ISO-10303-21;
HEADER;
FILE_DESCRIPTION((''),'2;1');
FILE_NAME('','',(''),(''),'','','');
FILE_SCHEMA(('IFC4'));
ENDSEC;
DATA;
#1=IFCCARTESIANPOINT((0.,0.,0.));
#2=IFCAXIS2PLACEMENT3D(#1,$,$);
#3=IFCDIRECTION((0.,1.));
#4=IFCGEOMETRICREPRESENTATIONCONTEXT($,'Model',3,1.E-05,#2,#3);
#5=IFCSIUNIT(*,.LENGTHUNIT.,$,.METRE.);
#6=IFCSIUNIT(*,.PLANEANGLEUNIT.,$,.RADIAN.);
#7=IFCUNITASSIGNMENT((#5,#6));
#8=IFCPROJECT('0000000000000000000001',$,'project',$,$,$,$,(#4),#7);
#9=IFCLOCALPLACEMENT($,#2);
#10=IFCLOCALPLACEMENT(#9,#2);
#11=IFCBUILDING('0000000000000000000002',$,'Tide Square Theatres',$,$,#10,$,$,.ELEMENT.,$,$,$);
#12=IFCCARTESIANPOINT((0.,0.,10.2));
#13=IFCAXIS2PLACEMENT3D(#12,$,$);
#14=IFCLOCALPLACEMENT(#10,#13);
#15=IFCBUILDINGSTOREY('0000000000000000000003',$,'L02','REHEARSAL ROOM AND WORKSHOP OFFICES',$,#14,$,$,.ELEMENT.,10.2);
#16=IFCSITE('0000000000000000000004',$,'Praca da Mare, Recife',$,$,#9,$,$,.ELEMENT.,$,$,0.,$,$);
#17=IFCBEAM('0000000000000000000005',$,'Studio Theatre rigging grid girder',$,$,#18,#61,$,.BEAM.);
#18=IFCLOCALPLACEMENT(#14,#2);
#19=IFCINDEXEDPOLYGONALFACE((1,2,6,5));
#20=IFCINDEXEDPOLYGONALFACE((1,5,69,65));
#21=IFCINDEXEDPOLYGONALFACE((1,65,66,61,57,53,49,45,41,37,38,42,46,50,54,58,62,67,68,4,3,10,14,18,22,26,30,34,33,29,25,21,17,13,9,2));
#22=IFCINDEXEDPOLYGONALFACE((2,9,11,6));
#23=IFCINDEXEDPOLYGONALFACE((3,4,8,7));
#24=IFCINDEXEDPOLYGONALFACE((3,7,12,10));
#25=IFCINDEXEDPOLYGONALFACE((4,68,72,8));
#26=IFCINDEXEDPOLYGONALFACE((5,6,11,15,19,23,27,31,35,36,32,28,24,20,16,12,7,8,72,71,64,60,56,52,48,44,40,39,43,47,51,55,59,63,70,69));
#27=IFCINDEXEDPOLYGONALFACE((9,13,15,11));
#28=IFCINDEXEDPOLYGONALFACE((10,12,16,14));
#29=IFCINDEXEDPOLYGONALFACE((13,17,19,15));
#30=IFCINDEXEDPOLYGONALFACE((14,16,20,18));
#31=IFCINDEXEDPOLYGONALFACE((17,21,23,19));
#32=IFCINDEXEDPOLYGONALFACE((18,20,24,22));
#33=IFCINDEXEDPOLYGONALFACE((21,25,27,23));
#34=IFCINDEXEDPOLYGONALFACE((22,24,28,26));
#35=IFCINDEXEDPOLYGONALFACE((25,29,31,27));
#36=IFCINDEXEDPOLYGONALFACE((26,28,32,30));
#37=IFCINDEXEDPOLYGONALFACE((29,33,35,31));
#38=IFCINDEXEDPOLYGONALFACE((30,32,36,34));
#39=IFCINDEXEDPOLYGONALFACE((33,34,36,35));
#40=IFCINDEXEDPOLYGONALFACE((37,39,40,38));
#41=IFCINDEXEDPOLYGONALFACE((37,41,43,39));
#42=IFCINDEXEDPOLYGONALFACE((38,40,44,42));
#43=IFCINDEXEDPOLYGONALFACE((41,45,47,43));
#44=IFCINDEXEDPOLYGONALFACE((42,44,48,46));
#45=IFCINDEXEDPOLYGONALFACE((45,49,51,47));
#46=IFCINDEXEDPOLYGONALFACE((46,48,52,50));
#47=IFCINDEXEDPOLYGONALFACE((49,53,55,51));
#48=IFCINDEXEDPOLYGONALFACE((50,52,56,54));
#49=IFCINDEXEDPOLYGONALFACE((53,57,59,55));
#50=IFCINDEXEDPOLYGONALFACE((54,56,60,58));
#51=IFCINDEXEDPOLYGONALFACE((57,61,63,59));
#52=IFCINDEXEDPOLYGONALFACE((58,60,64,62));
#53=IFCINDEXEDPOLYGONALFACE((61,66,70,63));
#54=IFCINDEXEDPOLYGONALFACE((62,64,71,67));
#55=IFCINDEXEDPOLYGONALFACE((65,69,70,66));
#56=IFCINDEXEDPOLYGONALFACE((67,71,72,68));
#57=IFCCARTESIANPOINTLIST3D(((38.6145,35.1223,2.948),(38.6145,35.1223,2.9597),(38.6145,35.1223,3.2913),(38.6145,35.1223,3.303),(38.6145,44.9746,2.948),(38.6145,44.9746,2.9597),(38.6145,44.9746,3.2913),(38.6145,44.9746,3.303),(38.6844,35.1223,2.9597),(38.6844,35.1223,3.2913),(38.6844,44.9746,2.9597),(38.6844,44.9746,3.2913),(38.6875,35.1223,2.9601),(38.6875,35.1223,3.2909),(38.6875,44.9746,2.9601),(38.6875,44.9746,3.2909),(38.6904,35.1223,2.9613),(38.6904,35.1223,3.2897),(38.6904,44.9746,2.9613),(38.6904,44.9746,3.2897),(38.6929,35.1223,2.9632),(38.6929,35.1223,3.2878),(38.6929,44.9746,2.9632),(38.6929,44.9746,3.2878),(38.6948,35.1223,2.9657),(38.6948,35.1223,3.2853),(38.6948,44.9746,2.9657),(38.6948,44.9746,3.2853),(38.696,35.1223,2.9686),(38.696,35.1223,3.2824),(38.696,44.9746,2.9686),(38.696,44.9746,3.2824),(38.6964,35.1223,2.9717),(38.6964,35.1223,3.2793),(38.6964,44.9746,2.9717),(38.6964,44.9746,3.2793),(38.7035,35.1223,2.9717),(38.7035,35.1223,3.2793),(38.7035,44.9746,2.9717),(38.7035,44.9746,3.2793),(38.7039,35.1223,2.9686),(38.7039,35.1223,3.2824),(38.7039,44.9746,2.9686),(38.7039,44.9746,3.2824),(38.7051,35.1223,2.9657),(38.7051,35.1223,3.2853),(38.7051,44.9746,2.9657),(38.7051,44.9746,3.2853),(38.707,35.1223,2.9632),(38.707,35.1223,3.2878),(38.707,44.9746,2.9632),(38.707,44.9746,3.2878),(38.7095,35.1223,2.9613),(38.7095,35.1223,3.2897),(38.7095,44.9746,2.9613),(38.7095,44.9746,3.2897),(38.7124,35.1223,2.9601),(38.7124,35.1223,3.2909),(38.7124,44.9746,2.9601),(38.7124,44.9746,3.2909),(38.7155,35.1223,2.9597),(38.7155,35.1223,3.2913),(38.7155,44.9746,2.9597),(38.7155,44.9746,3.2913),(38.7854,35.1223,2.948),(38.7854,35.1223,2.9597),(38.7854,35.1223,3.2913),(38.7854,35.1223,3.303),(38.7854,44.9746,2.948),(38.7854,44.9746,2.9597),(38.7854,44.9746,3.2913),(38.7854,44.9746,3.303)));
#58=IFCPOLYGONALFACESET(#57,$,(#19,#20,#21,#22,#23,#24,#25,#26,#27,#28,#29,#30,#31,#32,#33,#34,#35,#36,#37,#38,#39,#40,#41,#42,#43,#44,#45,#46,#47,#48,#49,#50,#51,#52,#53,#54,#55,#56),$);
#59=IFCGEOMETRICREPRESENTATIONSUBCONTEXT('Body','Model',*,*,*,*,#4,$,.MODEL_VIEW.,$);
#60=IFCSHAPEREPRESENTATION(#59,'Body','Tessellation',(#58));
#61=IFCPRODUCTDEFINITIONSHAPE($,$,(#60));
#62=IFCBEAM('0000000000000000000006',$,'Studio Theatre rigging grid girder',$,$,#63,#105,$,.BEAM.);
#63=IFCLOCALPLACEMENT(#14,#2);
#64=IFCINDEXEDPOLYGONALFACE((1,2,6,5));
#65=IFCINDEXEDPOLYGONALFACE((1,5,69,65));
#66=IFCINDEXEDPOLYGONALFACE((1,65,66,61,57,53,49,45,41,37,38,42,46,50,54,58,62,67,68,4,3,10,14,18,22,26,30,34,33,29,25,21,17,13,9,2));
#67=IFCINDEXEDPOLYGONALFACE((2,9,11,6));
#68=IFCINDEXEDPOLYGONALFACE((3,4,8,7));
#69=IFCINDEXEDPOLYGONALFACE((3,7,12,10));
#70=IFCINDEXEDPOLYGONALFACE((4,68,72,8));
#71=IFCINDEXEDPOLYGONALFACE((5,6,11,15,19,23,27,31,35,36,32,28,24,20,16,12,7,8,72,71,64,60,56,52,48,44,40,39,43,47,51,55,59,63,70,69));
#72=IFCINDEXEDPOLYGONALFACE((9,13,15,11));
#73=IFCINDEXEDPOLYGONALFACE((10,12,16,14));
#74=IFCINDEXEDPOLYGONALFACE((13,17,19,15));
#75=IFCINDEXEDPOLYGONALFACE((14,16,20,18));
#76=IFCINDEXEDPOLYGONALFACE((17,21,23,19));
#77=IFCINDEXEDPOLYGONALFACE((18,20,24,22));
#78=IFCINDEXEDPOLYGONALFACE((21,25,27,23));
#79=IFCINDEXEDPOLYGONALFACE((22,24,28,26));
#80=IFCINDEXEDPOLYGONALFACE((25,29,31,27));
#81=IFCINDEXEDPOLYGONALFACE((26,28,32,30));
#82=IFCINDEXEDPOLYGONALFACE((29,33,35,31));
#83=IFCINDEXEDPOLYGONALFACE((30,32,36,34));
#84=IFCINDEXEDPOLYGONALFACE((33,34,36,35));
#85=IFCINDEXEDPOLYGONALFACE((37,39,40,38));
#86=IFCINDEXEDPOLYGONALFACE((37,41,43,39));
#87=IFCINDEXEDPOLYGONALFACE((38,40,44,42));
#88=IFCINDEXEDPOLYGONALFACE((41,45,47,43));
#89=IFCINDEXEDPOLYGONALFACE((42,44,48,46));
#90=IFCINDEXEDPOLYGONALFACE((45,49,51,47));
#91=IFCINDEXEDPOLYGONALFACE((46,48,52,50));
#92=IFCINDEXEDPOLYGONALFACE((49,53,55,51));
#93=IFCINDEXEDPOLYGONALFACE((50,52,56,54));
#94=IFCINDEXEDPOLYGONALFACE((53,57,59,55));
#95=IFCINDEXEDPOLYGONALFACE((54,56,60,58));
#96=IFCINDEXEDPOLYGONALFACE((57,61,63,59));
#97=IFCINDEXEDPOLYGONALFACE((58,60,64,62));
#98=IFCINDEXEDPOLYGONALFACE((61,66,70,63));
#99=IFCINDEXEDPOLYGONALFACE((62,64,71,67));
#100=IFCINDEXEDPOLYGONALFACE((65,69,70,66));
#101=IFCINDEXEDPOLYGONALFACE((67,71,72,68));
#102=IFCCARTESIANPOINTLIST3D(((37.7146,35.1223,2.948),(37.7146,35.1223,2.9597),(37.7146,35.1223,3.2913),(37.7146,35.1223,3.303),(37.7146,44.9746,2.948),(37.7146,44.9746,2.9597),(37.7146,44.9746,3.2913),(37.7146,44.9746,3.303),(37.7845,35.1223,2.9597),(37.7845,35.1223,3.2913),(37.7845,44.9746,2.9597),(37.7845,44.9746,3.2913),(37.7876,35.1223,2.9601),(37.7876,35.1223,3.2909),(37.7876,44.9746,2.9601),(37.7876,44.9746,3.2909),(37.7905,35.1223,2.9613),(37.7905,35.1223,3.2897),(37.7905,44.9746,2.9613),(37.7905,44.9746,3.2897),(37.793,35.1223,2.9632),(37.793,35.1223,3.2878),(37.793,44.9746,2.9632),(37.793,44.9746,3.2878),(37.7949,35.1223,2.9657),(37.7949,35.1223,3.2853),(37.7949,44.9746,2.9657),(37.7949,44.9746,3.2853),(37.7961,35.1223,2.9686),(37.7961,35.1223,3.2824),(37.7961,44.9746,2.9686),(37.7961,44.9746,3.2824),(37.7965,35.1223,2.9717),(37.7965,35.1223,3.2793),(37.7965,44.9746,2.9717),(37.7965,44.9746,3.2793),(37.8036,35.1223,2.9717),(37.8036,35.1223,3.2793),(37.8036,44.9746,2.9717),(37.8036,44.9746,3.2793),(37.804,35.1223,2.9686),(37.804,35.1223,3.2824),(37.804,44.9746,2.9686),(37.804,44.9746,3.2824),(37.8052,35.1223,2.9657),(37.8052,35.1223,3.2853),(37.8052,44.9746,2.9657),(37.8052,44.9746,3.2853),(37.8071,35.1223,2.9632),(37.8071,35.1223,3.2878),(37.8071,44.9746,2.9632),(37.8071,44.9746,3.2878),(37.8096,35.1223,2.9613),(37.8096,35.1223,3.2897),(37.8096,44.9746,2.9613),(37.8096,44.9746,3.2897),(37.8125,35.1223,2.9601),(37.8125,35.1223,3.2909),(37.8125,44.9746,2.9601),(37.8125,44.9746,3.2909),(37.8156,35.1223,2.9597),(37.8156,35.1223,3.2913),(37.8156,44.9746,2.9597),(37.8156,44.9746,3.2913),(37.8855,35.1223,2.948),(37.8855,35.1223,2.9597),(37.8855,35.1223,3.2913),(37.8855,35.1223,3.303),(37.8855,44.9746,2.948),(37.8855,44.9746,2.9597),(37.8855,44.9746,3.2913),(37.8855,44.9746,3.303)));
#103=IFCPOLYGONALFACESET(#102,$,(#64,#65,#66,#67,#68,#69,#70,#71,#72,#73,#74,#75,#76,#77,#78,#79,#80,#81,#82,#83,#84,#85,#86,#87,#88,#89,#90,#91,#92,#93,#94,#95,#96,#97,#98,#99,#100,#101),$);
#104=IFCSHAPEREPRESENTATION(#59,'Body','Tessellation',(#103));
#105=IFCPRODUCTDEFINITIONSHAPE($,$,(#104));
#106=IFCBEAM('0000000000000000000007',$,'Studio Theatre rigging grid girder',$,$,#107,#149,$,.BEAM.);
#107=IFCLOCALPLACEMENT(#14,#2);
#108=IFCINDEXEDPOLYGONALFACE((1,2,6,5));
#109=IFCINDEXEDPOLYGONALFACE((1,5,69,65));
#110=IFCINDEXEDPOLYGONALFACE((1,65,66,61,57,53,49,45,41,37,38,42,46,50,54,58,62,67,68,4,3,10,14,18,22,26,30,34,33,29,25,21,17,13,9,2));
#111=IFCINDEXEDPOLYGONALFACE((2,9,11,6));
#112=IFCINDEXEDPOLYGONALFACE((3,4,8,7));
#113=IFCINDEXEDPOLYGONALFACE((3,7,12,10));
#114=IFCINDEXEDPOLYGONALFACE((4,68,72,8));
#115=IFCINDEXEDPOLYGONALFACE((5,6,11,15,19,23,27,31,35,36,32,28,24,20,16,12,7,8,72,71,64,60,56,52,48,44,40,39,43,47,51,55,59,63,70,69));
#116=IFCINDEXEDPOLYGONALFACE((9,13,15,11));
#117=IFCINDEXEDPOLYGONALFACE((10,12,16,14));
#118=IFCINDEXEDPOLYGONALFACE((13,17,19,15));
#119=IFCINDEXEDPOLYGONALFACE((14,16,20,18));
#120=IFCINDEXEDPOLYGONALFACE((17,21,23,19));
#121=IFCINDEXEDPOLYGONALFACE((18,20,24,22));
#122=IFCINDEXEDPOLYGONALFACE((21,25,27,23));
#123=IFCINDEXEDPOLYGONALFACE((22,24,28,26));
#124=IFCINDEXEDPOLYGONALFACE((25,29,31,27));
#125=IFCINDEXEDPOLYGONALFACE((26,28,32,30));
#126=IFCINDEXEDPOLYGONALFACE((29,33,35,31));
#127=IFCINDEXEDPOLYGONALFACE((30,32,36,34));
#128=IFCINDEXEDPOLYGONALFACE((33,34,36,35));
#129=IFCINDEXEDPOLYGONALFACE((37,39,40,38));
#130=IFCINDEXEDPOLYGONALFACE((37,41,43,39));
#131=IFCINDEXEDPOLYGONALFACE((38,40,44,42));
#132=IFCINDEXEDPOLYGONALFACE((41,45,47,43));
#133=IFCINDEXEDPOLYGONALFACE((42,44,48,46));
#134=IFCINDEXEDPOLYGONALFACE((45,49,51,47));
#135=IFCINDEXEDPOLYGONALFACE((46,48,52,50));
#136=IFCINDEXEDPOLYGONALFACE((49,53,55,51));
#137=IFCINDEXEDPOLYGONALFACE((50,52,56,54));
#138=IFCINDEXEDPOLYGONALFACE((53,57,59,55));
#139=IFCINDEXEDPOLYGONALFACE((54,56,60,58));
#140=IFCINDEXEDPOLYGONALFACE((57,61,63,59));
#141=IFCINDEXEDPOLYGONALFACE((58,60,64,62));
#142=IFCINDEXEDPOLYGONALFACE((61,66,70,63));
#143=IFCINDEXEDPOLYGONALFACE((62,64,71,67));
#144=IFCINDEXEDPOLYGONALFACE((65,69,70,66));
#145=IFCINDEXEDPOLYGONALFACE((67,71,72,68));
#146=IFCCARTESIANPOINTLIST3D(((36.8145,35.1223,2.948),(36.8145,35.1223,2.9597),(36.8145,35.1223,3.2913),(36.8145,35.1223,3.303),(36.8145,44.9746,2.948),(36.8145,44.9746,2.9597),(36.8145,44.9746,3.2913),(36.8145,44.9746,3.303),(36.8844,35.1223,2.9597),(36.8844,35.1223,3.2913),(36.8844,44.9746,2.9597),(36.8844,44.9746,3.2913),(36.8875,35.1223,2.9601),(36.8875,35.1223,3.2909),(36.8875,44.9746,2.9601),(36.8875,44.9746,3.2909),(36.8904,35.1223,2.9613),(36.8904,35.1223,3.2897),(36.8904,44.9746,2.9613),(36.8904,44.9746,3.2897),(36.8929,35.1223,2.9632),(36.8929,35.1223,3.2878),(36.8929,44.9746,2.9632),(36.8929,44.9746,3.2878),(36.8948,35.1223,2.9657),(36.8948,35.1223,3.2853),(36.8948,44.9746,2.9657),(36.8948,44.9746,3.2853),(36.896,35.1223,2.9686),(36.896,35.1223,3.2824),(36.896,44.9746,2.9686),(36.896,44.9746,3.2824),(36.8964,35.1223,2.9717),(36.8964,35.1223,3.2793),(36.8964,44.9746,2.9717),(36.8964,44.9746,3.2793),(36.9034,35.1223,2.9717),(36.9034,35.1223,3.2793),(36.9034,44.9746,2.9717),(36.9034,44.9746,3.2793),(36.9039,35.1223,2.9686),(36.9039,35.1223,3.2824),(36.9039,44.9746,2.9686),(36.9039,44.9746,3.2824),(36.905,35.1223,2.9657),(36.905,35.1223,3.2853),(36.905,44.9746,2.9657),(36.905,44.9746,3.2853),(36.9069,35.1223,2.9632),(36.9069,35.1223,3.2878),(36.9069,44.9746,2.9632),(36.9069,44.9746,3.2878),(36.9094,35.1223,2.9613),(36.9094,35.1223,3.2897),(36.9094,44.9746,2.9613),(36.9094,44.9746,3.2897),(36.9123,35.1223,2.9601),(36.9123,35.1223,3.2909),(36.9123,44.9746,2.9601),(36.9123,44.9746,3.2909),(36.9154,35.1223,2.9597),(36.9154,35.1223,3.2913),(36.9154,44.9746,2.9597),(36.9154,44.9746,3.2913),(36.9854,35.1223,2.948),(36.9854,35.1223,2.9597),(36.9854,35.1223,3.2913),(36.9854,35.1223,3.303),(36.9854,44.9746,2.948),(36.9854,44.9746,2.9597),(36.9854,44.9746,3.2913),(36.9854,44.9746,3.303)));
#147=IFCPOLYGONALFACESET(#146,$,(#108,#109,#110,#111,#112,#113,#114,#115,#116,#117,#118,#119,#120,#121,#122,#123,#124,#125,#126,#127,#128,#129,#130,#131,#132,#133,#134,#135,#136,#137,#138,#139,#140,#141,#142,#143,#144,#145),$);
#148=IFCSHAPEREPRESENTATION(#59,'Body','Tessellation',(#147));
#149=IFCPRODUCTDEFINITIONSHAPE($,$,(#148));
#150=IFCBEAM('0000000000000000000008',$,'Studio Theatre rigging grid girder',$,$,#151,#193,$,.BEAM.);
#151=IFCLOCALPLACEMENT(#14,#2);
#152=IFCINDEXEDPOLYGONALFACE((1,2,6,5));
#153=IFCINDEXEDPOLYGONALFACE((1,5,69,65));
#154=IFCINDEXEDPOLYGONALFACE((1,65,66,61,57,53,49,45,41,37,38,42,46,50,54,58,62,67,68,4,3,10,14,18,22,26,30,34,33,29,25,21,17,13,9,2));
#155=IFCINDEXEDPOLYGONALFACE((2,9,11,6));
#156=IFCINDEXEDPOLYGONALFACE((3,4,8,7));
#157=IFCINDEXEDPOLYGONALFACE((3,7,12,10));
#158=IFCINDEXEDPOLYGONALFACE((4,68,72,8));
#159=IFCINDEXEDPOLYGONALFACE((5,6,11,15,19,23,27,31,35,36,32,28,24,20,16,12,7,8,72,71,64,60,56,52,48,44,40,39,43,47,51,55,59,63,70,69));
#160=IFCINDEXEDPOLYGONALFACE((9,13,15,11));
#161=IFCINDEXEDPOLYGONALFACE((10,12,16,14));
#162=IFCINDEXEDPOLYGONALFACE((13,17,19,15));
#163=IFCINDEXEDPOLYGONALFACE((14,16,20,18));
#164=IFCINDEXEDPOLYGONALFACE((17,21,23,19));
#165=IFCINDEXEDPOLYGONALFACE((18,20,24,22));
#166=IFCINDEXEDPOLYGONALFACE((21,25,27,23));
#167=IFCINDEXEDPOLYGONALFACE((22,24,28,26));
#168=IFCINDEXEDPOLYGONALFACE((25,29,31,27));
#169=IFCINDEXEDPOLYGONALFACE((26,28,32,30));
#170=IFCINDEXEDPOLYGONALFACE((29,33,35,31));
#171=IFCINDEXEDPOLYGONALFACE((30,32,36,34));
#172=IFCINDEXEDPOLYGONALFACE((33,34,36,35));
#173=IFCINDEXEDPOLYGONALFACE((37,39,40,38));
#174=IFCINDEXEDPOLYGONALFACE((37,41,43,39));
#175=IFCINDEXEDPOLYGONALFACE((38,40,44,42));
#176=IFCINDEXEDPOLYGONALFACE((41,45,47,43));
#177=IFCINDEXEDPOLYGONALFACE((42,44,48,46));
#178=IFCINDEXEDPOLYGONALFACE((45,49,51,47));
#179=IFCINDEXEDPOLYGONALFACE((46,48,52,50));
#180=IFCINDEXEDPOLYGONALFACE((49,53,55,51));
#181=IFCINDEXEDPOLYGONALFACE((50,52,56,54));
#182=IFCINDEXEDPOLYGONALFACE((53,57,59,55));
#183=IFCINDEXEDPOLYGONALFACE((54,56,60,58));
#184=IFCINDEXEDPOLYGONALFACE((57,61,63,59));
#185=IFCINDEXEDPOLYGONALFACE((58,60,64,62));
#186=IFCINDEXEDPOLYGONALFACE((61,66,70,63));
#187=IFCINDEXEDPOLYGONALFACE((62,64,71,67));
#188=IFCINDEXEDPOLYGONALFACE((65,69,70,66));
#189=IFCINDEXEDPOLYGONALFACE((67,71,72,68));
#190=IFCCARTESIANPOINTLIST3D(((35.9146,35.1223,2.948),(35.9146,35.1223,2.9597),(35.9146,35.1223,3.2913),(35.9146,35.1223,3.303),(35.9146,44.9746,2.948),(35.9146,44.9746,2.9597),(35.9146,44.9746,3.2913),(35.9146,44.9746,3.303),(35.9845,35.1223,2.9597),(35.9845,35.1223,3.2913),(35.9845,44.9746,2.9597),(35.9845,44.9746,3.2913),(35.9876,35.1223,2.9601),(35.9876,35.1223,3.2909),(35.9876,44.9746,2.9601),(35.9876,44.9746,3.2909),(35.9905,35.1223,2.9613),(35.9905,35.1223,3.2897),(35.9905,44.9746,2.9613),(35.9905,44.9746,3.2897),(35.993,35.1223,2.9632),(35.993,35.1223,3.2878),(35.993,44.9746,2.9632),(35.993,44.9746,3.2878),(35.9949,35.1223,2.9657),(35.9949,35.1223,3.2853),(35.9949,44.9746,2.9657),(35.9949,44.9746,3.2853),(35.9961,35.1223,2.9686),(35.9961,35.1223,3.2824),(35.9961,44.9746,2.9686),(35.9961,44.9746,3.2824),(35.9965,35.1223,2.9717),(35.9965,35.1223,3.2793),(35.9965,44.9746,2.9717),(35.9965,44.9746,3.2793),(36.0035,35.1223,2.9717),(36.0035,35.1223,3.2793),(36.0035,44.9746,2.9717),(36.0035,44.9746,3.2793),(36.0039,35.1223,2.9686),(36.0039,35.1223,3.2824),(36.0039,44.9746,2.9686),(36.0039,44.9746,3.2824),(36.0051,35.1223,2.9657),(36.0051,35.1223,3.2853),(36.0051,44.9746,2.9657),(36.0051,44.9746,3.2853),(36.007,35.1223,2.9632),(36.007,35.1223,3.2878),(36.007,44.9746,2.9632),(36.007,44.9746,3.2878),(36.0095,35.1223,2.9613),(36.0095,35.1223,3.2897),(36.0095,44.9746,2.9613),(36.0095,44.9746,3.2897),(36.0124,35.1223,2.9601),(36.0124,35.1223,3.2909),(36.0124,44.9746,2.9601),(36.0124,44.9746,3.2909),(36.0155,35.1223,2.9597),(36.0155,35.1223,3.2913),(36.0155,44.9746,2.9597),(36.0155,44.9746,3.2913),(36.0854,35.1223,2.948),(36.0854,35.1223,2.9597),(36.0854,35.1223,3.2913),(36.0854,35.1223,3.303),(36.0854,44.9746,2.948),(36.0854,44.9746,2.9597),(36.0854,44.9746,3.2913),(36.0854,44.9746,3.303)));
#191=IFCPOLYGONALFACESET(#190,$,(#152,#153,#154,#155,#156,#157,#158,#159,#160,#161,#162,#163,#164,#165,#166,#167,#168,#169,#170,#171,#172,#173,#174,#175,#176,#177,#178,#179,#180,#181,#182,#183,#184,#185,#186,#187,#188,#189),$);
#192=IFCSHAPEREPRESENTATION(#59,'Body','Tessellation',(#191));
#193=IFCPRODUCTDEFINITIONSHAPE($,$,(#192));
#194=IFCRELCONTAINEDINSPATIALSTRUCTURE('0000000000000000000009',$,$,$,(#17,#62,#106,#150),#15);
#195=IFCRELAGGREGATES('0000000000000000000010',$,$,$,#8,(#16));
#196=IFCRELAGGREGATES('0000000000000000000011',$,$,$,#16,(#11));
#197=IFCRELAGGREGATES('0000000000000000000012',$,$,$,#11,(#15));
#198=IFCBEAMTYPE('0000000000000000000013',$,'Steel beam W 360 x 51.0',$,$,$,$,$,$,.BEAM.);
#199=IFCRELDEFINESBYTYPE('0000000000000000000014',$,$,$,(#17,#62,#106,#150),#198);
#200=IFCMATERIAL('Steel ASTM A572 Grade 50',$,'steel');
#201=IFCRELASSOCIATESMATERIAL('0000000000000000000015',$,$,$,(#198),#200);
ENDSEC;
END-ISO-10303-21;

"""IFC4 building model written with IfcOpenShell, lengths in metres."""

from ifc_helpers import new_model, si_unit, direction, frame, origin, origin_2d, place, context, subcontext, project, spatial, i_section, extrude, material, material_profile, profile_set, type_object, element, save


model = new_model("IFC4")

# Units and contexts
model_context = context("Model", 3, precision=1e-05, world=origin(), true_north=direction((0.0, 1.0)))
body_context = subcontext(model_context, "Body", "Model", "MODEL_VIEW")
ifc_project = project(units=[si_unit("LENGTHUNIT", "METRE"), si_unit("PLANEANGLEUNIT", "RADIAN")], contexts=[model_context])

# Site, building, storey
site_placement = place(None, origin())
site = spatial("IfcSite", under=ifc_project, at=site_placement, Name="Praca da Mare, Recife", CompositionType="ELEMENT", RefElevation=0.0)
building_placement = place(site_placement, origin())
building = spatial("IfcBuilding", under=site, at=building_placement, Name="Tide Square Theatres", CompositionType="ELEMENT")
storey_placement = place(building_placement, frame((0.0, 0.0, 10.2)))
storey = spatial("IfcBuildingStorey", under=building, at=storey_placement, Name="L02", Description="REHEARSAL ROOM AND WORKSHOP OFFICES", CompositionType="ELEMENT", Elevation=10.2)

# Beams
ifc_material_1 = material(Name="Steel ASTM A572 Grade 50", Category="steel")
ifc_material_profile_1 = material_profile(ifc_material_1, i_section(OverallWidth=0.1709, OverallDepth=0.355, WebThickness=0.0071, FlangeThickness=0.0117, FilletRadius=0.012, at=origin_2d()))
ifc_profile_set_1 = profile_set([ifc_material_profile_1], Name="Steel ASTM A572 Grade 50")
beam_type_1 = type_object("IfcBeamType", Name="Steel beam W 360 x 51.0", PredefinedType="BEAM", material=ifc_profile_set_1)
for number, where, z_axis, x_axis, name in (
    (1, (38.7, 35.1223, 3.1255), (0.0, 1.0, 0.0), (-1.0, 0.0, 0.0), "Studio Theatre rigging grid girder"),
    (2, (37.8, 35.1223, 3.1255), (0.0, 1.0, 0.0), (-1.0, 0.0, 0.0), "Studio Theatre rigging grid girder"),
    (3, (36.8999, 35.1223, 3.1255), (0.0, 1.0, 0.0), (-1.0, 0.0, 0.0), "Studio Theatre rigging grid girder"),
    (4, (36.0, 35.1223, 3.1255), (0.0, 1.0, 0.0), (-1.0, 0.0, 0.0), "Studio Theatre rigging grid girder"),
):
    element("IfcBeam", number, at=place(storey_placement, frame(where, z_axis=z_axis, x_axis=x_axis)), inside=storey, type_object=beam_type_1, Name=name, PredefinedType="BEAM", context=body_context, shape_type="SweptSolid", body=[
        extrude(i_section(OverallWidth=0.1709, OverallDepth=0.355, WebThickness=0.0071, FlangeThickness=0.0117, FilletRadius=0.012, at=origin_2d()), origin(), (0.0, 0.0, 1.0), 9.8523),
    ])

save(model, "model.ifc")
